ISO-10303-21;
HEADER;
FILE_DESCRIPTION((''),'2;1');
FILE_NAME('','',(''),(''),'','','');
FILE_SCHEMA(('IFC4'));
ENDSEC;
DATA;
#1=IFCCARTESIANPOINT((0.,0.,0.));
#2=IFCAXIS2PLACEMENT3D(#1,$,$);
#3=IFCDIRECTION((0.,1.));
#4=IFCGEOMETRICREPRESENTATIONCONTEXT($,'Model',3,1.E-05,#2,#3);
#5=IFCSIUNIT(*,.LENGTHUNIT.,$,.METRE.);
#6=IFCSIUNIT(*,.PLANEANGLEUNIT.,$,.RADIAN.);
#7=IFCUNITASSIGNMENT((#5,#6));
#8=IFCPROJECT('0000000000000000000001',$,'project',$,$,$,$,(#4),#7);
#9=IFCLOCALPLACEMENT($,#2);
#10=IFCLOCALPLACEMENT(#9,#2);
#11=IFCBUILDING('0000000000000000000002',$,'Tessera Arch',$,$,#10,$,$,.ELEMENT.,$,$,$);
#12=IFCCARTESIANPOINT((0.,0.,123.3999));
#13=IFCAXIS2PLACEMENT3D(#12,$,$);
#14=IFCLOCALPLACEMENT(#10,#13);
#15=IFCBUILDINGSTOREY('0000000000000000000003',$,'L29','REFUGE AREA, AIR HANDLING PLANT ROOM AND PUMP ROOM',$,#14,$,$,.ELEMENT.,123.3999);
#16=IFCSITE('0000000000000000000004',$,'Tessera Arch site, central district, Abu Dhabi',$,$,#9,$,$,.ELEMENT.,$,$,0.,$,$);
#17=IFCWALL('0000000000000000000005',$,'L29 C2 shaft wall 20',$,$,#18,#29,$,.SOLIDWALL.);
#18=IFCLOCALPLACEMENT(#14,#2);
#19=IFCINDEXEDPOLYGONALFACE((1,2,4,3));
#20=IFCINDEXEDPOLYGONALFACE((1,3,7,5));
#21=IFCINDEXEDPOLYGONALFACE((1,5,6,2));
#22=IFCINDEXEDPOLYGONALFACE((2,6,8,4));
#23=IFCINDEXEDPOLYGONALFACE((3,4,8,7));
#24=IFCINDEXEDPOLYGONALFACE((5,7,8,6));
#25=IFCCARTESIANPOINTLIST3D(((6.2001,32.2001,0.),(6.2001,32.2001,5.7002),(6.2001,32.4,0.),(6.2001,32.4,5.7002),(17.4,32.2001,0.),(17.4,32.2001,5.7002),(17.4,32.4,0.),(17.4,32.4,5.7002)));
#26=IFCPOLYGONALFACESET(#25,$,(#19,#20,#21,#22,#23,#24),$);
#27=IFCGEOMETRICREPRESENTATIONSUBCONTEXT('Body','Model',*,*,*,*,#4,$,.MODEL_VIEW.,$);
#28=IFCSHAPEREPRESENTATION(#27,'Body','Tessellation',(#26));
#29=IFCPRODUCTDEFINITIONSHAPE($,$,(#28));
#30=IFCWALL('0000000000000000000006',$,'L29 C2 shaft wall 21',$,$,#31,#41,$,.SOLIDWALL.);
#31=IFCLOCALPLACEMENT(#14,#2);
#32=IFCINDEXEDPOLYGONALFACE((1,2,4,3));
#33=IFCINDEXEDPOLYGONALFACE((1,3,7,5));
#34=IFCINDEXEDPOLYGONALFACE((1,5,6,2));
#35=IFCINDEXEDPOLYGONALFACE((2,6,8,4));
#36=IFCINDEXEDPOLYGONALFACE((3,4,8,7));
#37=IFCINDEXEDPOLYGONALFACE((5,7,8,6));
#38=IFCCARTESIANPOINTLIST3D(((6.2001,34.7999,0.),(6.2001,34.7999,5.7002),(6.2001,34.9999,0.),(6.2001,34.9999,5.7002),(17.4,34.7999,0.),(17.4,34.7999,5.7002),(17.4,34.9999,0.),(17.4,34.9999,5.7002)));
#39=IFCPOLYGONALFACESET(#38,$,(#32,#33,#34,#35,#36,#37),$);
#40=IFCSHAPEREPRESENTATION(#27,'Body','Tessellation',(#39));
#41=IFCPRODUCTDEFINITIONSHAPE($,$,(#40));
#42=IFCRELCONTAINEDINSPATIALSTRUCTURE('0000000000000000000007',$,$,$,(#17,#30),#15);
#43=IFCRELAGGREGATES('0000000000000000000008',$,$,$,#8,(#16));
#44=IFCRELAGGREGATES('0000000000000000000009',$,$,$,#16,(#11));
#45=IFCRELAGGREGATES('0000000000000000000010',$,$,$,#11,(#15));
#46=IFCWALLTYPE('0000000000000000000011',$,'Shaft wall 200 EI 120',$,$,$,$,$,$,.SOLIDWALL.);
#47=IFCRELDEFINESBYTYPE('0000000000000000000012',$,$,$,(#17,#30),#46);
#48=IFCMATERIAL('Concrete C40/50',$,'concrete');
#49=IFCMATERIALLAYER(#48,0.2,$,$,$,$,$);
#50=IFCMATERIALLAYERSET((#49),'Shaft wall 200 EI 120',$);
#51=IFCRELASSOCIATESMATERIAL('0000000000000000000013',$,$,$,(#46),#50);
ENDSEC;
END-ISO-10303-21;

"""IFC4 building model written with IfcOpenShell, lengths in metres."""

from ifc_helpers import new_model, si_unit, direction, frame, frame_2d, origin, place, context, subcontext, project, spatial, rectangle, extrude, material, layer, layer_set, type_object, element, save


model = new_model("IFC4")

# Units and contexts
model_context = context("Model", 3, precision=1e-05, world=origin(), true_north=direction((0.0, 1.0)))
body_context = subcontext(model_context, "Body", "Model", "MODEL_VIEW")
ifc_project = project(units=[si_unit("LENGTHUNIT", "METRE"), si_unit("PLANEANGLEUNIT", "RADIAN")], contexts=[model_context])

# Site, building, storey
site_placement = place(None, origin())
site = spatial("IfcSite", under=ifc_project, at=site_placement, Name="Tessera Arch site, central district, Abu Dhabi", CompositionType="ELEMENT", RefElevation=0.0)
building_placement = place(site_placement, origin())
building = spatial("IfcBuilding", under=site, at=building_placement, Name="Tessera Arch", CompositionType="ELEMENT")
storey_placement = place(building_placement, frame((0.0, 0.0, 123.3999)))
storey = spatial("IfcBuildingStorey", under=building, at=storey_placement, Name="L29", Description="REFUGE AREA, AIR HANDLING PLANT ROOM AND PUMP ROOM", CompositionType="ELEMENT", Elevation=123.3999)

# Walls
ifc_material_1 = material(Name="Concrete C40/50", Category="concrete")
ifc_layer_1 = layer(ifc_material_1, 0.2)
ifc_layer_set_1 = layer_set([ifc_layer_1], Name="Shaft wall 200 EI 120")
wall_type_1 = type_object("IfcWallType", Name="Shaft wall 200 EI 120", PredefinedType="SOLIDWALL", material=ifc_layer_set_1)
for number, where, z_axis, x_axis, name in (
    (1, (6.2, 32.3, 0.0), (0.0, 0.0, 1.0), (1.0, 0.0, 0.0), "L29 C2 shaft wall 20"),
    (2, (6.2, 34.8999, 0.0), (0.0, 0.0, 1.0), (1.0, 0.0, 0.0), "L29 C2 shaft wall 21"),
):
    element("IfcWall", number, at=place(storey_placement, frame(where, z_axis=z_axis, x_axis=x_axis)), inside=storey, type_object=wall_type_1, Name=name, PredefinedType="SOLIDWALL", context=body_context, shape_type="SweptSolid", body=[
        extrude(rectangle(XDim=11.2, YDim=0.2, at=frame_2d((5.6001, 0.0))), origin(), (0.0, 0.0, 1.0), 5.7002),
    ])

save(model, "model.ifc")
